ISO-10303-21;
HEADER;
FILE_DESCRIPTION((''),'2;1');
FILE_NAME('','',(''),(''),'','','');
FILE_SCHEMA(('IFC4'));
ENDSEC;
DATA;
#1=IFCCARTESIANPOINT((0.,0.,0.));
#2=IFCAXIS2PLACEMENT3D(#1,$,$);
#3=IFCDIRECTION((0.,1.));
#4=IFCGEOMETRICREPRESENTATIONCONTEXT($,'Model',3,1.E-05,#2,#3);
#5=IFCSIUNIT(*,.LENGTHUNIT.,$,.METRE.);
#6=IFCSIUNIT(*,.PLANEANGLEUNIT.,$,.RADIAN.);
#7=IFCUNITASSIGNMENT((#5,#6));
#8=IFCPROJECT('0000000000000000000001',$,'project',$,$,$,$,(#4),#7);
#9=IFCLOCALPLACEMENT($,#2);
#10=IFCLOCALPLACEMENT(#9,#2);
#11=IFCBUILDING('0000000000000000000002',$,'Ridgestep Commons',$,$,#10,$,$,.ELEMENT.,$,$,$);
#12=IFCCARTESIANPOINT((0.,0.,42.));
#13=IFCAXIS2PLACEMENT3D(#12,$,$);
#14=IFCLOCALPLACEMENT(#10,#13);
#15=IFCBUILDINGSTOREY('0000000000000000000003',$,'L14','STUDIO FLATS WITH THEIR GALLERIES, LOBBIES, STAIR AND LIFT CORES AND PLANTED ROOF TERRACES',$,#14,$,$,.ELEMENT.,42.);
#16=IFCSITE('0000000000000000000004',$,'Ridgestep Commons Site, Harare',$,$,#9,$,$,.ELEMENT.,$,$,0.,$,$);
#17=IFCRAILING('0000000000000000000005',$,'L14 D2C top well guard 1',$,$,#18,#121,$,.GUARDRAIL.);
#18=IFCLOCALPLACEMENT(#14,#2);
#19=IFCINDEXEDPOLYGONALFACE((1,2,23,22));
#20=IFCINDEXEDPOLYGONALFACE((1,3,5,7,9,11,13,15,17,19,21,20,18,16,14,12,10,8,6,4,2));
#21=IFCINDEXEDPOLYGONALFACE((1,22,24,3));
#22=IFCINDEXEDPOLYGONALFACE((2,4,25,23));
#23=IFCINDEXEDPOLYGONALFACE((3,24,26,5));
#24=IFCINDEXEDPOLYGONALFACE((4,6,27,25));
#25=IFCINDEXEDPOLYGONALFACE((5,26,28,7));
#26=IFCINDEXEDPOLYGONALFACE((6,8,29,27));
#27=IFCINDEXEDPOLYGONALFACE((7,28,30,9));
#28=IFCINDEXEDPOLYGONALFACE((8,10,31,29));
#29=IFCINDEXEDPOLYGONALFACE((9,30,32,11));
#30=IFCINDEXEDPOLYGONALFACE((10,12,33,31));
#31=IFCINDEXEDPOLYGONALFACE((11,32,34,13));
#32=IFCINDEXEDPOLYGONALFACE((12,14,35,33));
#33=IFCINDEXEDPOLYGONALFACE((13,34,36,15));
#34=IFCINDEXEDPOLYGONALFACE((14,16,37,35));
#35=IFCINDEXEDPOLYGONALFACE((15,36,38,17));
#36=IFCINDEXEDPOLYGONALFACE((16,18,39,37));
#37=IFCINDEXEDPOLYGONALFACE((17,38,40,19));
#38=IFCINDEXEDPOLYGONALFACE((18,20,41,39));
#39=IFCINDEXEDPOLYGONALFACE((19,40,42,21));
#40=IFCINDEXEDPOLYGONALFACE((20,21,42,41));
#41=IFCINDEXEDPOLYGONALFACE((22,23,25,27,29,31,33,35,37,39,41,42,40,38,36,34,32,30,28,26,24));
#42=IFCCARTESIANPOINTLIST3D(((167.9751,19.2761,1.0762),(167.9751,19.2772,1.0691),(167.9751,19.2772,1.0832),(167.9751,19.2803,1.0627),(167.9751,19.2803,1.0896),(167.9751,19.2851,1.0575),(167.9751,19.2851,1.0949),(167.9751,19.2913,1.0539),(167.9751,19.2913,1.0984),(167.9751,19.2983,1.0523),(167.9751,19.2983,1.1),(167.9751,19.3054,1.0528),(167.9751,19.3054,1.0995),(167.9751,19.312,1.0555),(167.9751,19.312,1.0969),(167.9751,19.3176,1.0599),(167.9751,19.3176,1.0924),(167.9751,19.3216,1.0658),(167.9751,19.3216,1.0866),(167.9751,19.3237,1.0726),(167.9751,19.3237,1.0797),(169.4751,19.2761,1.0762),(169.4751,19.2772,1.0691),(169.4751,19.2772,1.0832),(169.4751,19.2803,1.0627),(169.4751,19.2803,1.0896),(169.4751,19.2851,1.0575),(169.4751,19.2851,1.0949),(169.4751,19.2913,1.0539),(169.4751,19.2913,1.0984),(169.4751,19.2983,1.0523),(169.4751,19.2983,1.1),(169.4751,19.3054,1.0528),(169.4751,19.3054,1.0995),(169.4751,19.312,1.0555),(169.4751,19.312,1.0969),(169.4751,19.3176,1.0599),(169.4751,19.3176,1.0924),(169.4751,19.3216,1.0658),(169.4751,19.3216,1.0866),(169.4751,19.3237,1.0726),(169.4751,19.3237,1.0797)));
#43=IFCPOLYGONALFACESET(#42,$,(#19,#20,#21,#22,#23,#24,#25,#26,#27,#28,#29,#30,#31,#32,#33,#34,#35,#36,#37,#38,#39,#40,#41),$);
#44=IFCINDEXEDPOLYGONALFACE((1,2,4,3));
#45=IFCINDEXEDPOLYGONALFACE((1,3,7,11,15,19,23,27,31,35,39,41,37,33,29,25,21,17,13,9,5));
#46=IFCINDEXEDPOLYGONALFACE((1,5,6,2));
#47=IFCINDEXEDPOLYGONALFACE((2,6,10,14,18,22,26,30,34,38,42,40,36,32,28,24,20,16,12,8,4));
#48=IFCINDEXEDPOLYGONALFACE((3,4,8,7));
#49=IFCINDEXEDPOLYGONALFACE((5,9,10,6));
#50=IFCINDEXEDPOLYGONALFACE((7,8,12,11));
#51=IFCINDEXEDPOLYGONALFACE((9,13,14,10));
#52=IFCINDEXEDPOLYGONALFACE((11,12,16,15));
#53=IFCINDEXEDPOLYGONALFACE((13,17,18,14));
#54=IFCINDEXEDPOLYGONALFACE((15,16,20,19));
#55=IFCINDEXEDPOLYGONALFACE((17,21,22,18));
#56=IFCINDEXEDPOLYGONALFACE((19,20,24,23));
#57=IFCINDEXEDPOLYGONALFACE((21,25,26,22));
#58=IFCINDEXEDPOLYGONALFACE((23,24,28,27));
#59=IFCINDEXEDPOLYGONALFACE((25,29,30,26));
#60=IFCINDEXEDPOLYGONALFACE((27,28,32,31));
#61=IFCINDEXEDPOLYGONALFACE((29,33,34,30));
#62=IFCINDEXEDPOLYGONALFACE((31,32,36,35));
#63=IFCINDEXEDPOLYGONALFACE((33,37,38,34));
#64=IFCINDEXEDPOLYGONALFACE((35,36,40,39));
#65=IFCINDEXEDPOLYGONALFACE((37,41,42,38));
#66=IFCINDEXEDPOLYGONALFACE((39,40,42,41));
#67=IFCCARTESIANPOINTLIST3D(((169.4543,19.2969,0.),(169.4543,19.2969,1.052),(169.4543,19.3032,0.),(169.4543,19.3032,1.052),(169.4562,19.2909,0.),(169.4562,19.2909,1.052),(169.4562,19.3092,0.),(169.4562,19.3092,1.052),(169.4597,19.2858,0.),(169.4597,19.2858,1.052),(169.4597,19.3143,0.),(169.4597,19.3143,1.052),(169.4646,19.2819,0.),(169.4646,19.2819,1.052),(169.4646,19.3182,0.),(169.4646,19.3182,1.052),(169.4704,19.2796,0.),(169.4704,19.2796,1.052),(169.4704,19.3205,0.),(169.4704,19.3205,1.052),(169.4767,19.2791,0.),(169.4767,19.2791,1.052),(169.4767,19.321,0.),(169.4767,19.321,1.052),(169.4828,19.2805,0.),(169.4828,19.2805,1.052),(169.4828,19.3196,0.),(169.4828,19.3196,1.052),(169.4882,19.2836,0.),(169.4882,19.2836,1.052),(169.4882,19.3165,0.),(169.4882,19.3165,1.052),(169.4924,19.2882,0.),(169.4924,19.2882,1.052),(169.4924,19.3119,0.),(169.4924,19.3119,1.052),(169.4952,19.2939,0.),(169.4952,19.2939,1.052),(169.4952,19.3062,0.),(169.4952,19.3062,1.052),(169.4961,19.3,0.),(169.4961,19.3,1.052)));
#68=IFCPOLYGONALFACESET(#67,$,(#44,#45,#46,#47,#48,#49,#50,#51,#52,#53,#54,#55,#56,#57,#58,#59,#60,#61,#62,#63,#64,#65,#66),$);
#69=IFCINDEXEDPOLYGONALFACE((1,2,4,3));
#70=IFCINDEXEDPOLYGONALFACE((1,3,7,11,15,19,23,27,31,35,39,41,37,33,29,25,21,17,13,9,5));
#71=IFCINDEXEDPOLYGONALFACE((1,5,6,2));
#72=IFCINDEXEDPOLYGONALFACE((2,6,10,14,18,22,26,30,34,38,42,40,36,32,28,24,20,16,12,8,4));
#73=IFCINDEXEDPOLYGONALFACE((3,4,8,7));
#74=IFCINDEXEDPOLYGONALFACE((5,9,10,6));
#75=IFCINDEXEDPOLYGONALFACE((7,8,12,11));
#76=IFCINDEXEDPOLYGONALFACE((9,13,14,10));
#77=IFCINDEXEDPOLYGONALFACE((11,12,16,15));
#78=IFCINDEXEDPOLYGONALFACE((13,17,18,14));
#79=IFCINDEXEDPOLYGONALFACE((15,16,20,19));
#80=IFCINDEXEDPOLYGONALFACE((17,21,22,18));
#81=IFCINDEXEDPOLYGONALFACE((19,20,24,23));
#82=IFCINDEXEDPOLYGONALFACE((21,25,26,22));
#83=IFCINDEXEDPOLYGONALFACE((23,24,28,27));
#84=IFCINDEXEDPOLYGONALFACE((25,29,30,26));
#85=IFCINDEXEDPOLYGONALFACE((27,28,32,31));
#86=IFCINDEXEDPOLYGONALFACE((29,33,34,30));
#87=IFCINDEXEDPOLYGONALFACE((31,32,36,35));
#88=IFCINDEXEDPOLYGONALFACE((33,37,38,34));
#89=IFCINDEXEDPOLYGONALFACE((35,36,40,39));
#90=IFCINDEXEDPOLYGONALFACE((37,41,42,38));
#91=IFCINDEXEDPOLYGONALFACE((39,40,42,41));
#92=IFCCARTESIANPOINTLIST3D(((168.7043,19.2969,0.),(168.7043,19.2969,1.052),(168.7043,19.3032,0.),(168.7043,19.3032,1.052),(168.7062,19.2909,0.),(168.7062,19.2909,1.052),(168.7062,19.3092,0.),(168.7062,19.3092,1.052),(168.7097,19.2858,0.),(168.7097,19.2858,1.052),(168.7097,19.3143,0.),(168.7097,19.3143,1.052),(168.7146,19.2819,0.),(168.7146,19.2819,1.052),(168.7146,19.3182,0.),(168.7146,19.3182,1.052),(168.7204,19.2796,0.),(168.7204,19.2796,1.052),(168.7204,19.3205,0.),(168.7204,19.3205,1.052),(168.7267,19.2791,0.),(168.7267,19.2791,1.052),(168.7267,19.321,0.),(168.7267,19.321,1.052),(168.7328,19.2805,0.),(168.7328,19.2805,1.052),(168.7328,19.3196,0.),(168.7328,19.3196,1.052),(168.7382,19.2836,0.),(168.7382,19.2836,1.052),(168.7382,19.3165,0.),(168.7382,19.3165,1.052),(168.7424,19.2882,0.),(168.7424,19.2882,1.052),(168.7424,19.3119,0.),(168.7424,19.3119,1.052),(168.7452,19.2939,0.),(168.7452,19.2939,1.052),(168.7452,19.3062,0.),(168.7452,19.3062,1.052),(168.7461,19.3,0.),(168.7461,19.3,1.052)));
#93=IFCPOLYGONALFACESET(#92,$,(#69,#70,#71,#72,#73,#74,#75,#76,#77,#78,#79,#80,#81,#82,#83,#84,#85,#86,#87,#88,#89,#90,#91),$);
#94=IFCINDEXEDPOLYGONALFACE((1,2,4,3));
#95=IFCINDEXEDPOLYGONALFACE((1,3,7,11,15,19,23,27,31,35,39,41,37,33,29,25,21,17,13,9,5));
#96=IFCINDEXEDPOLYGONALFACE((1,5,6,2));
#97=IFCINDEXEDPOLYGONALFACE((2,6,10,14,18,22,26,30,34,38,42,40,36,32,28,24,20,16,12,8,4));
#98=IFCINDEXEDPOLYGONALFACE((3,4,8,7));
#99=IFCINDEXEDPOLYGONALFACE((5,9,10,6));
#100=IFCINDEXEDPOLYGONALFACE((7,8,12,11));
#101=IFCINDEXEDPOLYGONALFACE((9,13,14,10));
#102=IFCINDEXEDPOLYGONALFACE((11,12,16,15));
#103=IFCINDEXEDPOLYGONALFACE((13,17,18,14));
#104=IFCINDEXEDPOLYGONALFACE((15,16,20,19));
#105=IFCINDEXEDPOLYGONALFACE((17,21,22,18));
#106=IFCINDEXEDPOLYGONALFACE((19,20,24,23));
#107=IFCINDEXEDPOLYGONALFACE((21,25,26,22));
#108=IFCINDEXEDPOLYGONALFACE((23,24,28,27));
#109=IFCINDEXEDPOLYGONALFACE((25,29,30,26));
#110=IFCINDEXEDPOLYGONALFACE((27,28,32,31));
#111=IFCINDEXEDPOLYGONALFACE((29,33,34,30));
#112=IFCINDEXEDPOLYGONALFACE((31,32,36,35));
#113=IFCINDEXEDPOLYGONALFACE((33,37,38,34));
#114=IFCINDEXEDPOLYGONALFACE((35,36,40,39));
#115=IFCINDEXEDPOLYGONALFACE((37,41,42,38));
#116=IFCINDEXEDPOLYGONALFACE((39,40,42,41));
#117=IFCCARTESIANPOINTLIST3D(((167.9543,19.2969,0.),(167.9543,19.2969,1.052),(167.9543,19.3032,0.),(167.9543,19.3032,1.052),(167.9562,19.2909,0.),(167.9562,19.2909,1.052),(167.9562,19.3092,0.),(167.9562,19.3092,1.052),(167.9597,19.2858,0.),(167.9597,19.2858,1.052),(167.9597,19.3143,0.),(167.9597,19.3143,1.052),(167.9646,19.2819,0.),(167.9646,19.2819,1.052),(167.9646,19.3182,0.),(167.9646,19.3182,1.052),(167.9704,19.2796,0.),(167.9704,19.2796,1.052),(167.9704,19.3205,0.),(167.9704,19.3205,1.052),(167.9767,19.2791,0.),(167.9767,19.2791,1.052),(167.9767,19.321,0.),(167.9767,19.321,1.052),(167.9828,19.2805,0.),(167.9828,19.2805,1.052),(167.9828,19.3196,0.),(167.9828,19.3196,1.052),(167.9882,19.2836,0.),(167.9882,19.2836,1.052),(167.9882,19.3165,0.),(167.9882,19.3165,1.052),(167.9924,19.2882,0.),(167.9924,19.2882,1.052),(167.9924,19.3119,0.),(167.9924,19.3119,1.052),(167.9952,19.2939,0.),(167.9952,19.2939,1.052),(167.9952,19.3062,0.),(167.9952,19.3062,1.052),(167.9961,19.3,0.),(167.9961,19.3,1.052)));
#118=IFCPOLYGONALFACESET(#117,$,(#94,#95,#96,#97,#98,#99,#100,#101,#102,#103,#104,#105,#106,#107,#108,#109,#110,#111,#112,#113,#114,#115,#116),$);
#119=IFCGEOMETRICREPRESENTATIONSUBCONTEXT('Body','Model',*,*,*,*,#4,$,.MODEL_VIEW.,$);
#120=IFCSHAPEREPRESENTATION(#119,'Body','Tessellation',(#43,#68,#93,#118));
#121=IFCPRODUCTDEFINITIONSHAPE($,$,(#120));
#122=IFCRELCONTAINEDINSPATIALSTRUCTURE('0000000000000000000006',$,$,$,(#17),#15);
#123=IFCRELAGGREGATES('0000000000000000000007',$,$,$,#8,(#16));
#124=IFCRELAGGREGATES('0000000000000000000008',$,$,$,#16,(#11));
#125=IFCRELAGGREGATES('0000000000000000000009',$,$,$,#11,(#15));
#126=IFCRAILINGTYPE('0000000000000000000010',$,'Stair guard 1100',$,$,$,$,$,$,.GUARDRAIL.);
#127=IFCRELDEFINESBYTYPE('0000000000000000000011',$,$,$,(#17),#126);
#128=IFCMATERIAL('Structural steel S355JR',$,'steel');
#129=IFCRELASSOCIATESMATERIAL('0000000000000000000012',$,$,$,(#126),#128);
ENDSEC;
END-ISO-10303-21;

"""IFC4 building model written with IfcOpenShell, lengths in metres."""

from ifc_helpers import new_model, si_unit, direction, frame, origin, origin_2d, place, context, subcontext, project, spatial, circle, extrude, material, type_object, element, save


model = new_model("IFC4")

# Units and contexts
model_context = context("Model", 3, precision=1e-05, world=origin(), true_north=direction((0.0, 1.0)))
body_context = subcontext(model_context, "Body", "Model", "MODEL_VIEW")
ifc_project = project(units=[si_unit("LENGTHUNIT", "METRE"), si_unit("PLANEANGLEUNIT", "RADIAN")], contexts=[model_context])

# Site, building, storey
site_placement = place(None, origin())
site = spatial("IfcSite", under=ifc_project, at=site_placement, Name="Ridgestep Commons Site, Harare", CompositionType="ELEMENT", RefElevation=0.0)
building_placement = place(site_placement, origin())
building = spatial("IfcBuilding", under=site, at=building_placement, Name="Ridgestep Commons", CompositionType="ELEMENT")
storey_placement = place(building_placement, frame((0.0, 0.0, 42.0)))
storey = spatial("IfcBuildingStorey", under=building, at=storey_placement, Name="L14", Description="STUDIO FLATS WITH THEIR GALLERIES, LOBBIES, STAIR AND LIFT CORES AND PLANTED ROOF TERRACES", CompositionType="ELEMENT", Elevation=42.0)

# Railing
ifc_material_1 = material(Name="Structural steel S355JR", Category="steel")
railing_type_1 = type_object("IfcRailingType", Name="Stair guard 1100", PredefinedType="GUARDRAIL", material=ifc_material_1)
railing_1_placement = place(storey_placement, frame((169.4751, 19.3, 0.0)))
element("IfcRailing", 1, at=railing_1_placement, inside=storey, type_object=railing_type_1, Name="L14 D2C top well guard 1", PredefinedType="GUARDRAIL", context=body_context, shape_type="SweptSolid", body=[
    extrude(circle(Radius=0.0239, at=origin_2d()), frame((0.0, 0.0, 1.0762), z_axis=(-1.0, 0.0, 0.0), x_axis=(0.0, -1.0, 0.0)), (0.0, 0.0, 1.0), 1.5),
    extrude(circle(Radius=0.021, at=origin_2d()), origin(), (0.0, 0.0, 1.0), 1.052),
    extrude(circle(Radius=0.021, at=origin_2d()), frame((-0.75, 0.0, 0.0)), (0.0, 0.0, 1.0), 1.052),
    extrude(circle(Radius=0.021, at=origin_2d()), frame((-1.5, 0.0, 0.0)), (0.0, 0.0, 1.0), 1.052),
])

save(model, "model.ifc")
